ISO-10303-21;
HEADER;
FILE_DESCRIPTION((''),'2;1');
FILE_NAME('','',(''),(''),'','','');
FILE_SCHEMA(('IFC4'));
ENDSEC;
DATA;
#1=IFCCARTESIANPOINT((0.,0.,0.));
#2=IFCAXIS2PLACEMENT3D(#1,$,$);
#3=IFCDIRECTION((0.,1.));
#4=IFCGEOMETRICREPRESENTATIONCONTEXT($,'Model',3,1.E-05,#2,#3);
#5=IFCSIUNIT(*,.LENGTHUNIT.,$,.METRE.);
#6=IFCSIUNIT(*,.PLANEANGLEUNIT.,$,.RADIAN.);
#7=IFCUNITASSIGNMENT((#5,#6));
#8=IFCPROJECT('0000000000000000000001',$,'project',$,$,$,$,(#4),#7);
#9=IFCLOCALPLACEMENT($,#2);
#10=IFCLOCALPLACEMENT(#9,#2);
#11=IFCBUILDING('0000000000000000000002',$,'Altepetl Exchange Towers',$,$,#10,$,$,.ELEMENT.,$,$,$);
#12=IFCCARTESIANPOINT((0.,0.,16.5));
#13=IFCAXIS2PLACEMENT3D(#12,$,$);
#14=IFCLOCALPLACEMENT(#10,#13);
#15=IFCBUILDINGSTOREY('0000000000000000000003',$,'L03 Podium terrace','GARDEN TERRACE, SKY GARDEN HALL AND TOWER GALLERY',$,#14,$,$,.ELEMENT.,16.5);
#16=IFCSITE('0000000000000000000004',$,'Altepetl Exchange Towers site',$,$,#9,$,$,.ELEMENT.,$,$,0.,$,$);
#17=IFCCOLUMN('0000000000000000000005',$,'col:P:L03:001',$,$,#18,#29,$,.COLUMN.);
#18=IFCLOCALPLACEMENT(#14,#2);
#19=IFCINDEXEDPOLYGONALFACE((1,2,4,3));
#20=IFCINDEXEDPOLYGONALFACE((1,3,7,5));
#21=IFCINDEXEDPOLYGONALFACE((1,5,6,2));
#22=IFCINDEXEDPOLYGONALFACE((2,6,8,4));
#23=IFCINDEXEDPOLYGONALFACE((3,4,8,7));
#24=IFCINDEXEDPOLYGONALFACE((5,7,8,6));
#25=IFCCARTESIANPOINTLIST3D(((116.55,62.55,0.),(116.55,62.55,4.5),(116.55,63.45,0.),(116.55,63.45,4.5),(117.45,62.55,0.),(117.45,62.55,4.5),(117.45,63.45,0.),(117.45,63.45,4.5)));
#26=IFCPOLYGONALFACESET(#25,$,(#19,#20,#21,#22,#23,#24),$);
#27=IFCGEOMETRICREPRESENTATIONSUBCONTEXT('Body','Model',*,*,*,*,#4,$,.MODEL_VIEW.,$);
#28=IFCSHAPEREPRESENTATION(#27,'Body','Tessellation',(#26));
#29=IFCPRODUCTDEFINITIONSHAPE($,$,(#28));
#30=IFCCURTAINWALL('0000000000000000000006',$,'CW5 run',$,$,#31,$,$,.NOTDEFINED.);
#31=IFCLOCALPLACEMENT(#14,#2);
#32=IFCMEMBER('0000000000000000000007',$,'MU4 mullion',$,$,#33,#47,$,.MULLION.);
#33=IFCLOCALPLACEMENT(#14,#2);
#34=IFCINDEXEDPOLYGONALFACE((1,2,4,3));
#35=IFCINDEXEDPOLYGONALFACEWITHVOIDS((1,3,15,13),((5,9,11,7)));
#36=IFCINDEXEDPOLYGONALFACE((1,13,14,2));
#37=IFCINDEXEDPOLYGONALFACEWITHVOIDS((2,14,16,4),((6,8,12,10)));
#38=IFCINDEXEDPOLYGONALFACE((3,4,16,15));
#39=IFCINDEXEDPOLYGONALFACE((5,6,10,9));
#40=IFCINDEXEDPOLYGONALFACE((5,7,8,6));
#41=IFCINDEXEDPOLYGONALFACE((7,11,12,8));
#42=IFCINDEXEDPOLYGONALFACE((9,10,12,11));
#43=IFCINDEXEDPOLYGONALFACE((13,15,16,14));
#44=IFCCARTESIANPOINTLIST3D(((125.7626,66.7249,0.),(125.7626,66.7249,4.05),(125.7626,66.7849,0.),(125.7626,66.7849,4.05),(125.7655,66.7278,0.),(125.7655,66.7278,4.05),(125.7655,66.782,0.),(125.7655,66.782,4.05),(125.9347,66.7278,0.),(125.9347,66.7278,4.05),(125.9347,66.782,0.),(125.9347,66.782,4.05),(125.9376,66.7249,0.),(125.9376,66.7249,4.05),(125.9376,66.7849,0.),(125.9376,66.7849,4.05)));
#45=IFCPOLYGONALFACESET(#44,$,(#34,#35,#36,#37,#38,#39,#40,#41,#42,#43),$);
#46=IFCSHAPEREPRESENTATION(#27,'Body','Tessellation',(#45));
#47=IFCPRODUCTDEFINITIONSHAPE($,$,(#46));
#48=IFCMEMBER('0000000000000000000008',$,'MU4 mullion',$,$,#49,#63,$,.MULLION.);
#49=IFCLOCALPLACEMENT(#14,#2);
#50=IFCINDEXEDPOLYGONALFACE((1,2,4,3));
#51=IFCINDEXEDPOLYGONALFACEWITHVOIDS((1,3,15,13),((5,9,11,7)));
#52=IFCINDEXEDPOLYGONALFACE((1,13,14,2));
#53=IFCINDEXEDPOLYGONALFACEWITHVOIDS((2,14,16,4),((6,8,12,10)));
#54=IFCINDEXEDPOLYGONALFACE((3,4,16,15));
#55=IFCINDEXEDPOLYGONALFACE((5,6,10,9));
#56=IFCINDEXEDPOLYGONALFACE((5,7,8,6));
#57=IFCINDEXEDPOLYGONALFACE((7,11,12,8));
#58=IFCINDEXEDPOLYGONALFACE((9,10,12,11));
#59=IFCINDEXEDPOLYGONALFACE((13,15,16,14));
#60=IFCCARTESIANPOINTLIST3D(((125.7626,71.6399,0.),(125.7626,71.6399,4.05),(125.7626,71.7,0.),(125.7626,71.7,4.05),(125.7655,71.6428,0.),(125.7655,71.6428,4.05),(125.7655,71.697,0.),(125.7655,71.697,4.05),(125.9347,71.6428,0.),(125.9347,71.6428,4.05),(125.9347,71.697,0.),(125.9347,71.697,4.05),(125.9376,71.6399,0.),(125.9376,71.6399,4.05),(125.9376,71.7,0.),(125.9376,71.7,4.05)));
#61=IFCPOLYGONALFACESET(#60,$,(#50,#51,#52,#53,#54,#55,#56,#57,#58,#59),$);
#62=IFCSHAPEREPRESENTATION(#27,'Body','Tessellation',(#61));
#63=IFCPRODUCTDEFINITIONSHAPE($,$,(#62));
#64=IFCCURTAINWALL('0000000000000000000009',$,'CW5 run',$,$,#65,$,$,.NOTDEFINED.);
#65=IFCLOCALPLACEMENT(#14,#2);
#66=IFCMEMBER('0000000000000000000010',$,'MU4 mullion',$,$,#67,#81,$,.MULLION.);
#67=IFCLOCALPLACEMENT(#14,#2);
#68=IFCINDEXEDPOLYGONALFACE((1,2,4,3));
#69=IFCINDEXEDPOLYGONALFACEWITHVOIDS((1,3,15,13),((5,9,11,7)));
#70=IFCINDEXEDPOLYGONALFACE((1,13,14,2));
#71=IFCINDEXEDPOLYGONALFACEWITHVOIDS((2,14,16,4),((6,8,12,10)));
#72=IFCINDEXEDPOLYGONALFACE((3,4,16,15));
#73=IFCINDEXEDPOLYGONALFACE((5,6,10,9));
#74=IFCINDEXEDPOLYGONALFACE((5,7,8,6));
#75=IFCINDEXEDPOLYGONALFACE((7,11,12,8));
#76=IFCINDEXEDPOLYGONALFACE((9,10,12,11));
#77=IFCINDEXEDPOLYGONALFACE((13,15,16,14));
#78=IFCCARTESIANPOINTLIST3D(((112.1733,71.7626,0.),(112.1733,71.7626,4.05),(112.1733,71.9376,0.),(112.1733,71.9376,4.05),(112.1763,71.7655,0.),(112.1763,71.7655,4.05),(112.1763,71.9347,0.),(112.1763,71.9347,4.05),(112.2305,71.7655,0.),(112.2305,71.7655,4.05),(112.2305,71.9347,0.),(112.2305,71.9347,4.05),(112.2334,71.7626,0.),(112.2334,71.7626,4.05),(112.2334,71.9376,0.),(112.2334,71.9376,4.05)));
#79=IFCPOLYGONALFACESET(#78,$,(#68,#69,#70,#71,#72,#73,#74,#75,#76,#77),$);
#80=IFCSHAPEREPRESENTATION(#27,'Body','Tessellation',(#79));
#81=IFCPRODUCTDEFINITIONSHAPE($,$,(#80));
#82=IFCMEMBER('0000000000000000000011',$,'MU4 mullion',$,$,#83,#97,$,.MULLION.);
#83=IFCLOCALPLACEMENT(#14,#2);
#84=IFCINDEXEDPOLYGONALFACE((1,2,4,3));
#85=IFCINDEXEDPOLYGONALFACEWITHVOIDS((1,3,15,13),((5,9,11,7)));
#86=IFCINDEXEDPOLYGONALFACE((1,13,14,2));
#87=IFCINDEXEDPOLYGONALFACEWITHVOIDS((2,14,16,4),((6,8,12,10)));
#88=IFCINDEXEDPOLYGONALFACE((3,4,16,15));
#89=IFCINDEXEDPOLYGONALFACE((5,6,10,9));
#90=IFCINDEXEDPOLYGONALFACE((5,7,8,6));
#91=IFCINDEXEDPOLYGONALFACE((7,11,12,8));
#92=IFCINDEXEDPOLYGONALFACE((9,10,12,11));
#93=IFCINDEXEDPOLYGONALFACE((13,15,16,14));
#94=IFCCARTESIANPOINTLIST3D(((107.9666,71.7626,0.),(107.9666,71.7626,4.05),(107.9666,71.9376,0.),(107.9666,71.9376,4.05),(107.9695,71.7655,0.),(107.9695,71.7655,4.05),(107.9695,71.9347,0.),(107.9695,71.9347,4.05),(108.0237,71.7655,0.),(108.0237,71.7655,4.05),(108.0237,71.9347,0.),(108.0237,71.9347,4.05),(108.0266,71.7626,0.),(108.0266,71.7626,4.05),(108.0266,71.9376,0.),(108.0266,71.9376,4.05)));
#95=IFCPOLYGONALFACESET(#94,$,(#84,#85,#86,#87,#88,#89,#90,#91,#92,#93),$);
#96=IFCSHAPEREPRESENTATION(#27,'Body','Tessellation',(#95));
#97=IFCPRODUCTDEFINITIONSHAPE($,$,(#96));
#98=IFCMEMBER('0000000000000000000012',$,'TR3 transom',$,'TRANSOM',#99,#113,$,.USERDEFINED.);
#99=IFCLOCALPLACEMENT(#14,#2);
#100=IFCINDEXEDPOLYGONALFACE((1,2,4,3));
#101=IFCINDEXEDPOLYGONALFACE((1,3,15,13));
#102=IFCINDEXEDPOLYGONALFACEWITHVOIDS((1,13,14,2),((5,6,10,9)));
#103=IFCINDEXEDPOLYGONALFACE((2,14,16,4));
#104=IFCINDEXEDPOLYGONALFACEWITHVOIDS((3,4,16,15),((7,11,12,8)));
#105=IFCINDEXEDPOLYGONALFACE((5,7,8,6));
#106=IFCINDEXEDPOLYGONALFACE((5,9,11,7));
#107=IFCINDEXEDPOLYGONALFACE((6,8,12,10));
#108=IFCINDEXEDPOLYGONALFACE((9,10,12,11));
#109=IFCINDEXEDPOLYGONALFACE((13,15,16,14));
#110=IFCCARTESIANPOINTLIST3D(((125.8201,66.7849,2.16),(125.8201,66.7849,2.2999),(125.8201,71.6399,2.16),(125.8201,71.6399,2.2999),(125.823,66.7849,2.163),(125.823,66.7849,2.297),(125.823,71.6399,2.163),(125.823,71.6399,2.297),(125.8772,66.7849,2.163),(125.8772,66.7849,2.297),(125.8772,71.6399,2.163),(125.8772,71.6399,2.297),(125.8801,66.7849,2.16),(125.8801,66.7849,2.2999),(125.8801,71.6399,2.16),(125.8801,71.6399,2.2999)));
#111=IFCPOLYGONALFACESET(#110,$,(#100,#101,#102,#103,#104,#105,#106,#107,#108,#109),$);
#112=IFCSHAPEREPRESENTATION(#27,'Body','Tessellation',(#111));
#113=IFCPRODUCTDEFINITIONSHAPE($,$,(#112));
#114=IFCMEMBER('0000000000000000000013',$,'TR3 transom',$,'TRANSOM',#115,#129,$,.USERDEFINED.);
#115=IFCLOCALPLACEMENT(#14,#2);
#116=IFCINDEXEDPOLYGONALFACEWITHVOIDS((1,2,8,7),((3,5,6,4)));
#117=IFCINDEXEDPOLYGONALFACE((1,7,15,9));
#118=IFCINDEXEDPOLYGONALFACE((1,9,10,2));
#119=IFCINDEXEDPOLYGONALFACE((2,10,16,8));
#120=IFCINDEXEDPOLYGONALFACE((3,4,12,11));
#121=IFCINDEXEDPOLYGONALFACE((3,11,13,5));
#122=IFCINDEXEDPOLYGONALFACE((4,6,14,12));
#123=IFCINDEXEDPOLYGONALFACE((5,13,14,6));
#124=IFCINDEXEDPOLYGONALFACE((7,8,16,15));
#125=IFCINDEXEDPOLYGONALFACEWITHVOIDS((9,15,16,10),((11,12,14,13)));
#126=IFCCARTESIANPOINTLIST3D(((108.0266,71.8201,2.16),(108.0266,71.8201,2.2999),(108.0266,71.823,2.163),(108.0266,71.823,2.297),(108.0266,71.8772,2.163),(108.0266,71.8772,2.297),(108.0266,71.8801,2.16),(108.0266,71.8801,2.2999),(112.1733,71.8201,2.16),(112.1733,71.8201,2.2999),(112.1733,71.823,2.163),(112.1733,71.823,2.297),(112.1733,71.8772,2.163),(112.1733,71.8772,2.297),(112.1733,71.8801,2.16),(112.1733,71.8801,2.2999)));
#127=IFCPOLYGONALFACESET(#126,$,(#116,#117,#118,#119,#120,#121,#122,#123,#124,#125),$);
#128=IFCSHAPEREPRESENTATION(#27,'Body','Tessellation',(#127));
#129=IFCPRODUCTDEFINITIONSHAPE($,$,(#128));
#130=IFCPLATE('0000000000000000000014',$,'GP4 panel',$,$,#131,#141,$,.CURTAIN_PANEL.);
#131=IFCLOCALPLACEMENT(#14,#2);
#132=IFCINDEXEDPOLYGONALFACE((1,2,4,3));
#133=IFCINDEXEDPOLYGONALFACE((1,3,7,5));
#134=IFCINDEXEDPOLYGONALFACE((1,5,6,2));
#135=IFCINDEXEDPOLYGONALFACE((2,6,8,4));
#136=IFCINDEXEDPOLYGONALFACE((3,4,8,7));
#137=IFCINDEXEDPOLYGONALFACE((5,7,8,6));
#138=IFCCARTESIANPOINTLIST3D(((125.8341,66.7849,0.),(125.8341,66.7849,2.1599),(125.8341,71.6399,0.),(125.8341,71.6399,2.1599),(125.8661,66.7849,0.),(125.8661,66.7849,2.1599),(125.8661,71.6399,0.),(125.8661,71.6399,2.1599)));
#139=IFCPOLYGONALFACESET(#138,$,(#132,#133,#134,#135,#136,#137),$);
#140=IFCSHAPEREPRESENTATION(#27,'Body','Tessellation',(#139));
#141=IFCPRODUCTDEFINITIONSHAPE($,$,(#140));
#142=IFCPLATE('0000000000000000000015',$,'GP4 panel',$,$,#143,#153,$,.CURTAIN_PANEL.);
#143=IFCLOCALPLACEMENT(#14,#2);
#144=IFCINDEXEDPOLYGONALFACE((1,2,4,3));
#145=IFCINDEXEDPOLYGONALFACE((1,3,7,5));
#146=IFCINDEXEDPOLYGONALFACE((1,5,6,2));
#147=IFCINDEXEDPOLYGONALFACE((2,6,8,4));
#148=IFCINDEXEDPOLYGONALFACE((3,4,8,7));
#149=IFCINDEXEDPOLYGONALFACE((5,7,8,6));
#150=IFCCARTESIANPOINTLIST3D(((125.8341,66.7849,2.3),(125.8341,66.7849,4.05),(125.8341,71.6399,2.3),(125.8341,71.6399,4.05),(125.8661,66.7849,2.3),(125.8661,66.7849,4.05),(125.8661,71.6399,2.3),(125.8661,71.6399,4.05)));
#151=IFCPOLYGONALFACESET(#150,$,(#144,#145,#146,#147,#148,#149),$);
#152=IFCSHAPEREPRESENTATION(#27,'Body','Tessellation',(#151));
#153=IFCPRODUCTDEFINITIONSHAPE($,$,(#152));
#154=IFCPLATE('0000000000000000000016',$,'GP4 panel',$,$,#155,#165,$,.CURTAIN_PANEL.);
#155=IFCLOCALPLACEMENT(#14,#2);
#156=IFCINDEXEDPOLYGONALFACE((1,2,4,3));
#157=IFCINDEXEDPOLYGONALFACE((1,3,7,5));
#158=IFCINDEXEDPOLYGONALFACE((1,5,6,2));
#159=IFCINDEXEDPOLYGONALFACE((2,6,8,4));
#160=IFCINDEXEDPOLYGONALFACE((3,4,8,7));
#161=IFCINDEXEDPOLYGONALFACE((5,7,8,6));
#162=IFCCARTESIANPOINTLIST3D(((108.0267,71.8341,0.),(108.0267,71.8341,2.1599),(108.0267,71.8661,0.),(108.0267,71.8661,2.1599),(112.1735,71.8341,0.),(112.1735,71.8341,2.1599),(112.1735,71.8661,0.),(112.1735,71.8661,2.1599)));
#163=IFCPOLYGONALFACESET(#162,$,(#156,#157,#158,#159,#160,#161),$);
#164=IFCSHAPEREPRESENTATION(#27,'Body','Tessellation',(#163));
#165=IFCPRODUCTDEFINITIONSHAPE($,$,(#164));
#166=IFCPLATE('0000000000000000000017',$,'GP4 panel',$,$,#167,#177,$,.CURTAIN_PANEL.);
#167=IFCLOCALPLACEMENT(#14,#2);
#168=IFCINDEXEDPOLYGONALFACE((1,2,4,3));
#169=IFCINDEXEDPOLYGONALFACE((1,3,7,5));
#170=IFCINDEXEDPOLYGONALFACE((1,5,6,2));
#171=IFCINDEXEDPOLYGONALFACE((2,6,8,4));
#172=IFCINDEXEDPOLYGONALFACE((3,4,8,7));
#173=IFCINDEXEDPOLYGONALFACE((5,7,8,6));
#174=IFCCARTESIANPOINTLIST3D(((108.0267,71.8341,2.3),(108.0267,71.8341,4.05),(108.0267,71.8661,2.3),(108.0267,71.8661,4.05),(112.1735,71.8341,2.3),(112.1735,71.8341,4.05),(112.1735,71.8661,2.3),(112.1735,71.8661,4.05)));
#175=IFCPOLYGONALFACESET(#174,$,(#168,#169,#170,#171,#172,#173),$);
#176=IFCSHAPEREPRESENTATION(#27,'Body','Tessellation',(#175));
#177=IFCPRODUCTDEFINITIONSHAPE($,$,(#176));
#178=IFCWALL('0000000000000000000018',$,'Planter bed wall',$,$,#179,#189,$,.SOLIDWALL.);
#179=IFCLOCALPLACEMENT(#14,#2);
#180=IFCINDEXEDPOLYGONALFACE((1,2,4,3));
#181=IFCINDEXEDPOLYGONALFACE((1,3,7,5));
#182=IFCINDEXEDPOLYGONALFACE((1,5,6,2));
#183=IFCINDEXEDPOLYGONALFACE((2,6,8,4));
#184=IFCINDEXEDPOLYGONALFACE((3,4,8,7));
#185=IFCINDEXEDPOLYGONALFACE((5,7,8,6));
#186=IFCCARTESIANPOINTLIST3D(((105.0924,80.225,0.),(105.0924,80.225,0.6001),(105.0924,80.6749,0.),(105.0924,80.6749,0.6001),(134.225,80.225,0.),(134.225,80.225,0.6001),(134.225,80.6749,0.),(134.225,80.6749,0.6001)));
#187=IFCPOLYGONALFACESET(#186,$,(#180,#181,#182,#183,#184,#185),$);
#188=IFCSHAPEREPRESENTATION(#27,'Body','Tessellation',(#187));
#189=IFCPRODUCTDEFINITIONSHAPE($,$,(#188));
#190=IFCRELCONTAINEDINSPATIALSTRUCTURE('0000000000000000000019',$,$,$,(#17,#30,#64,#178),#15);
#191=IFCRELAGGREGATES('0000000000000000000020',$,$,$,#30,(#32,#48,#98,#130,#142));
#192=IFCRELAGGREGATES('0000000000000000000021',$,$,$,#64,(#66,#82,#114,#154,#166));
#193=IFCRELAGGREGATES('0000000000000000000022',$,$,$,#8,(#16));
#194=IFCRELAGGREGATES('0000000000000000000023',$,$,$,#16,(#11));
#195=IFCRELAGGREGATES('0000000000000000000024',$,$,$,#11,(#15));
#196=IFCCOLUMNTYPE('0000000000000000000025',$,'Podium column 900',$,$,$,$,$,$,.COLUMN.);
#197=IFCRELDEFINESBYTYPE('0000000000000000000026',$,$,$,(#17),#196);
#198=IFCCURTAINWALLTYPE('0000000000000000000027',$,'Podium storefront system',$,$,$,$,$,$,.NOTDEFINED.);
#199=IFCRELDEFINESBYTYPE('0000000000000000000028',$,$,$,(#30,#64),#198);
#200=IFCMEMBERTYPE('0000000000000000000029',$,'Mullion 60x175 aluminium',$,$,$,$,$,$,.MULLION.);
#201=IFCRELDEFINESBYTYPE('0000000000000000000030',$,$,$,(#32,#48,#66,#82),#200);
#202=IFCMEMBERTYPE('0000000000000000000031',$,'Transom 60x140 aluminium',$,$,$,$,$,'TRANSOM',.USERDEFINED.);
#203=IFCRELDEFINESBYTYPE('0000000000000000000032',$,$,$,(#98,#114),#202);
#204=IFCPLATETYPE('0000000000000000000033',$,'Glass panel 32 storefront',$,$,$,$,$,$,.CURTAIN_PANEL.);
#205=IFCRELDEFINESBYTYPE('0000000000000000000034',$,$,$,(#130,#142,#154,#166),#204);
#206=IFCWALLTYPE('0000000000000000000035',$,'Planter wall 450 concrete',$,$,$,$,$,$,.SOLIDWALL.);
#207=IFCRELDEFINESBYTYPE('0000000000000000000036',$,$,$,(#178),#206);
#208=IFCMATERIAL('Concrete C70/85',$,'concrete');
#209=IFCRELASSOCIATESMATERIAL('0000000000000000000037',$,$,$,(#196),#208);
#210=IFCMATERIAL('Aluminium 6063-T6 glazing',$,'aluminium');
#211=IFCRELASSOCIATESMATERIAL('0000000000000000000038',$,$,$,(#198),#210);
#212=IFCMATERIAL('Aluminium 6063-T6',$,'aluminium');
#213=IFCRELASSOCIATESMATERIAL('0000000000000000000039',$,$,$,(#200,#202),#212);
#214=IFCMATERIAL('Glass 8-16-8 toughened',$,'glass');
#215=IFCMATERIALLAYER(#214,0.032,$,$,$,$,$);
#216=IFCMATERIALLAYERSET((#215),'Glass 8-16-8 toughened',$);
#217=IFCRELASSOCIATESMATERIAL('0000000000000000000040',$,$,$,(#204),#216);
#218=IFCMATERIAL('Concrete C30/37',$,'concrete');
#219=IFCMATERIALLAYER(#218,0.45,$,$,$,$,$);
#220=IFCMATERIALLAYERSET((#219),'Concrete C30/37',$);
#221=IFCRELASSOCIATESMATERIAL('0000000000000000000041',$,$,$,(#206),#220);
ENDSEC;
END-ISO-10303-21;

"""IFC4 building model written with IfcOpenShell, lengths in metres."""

from ifc_helpers import new_model, si_unit, direction, frame, frame_2d, origin, origin_2d, place, context, subcontext, project, spatial, rectangle, hollow_rectangle, extrude, material, layer, layer_set, material_profile, profile_set, type_object, element, aggregate, save


model = new_model("IFC4")

# Units and contexts
model_context = context("Model", 3, precision=1e-05, world=origin(), true_north=direction((0.0, 1.0)))
body_context = subcontext(model_context, "Body", "Model", "MODEL_VIEW")
ifc_project = project(units=[si_unit("LENGTHUNIT", "METRE"), si_unit("PLANEANGLEUNIT", "RADIAN")], contexts=[model_context])

# Site, building, storey
site_placement = place(None, origin())
site = spatial("IfcSite", under=ifc_project, at=site_placement, Name="Altepetl Exchange Towers site", CompositionType="ELEMENT", RefElevation=0.0)
building_placement = place(site_placement, origin())
building = spatial("IfcBuilding", under=site, at=building_placement, Name="Altepetl Exchange Towers", CompositionType="ELEMENT")
storey_placement = place(building_placement, frame((0.0, 0.0, 16.5)))
storey = spatial("IfcBuildingStorey", under=building, at=storey_placement, Name="L03 Podium terrace", Description="GARDEN TERRACE, SKY GARDEN HALL AND TOWER GALLERY", CompositionType="ELEMENT", Elevation=16.5)

# Column
ifc_material_1 = material(Name="Concrete C70/85", Category="concrete")
ifc_material_profile_1 = material_profile(ifc_material_1, rectangle(XDim=0.8999, YDim=0.8999, at=origin_2d()), Name="900 x 900")
ifc_profile_set_1 = profile_set([ifc_material_profile_1], Name="Concrete C70/85")
column_type = type_object("IfcColumnType", Name="Podium column 900", PredefinedType="COLUMN", material=ifc_profile_set_1)
column_placement = place(storey_placement, frame((117.0, 63.0, 0.0)))
element("IfcColumn", 1, at=column_placement, inside=storey, type_object=column_type, Name="col:P:L03:001", PredefinedType="COLUMN", context=body_context, shape_type="SweptSolid", body=[
    extrude(rectangle(XDim=0.8999, YDim=0.8999, at=origin_2d()), origin(), (0.0, 0.0, 1.0), 4.5),
])

# Curtain walls, members
ifc_material_2 = material(Name="Aluminium 6063-T6 glazing", Category="aluminium")
curtain_wall_type = type_object("IfcCurtainWallType", Name="Podium storefront system", PredefinedType="NOTDEFINED", material=ifc_material_2)
curtain_wall_1_placement = place(storey_placement, origin())
curtain_wall_1 = element("IfcCurtainWall", 2, at=curtain_wall_1_placement, inside=storey, type_object=curtain_wall_type, Name="CW5 run", PredefinedType="NOTDEFINED")
ifc_material_3 = material(Name="Aluminium 6063-T6", Category="aluminium")
ifc_material_profile_2 = material_profile(ifc_material_3, hollow_rectangle(XDim=0.0601, YDim=0.175, WallThickness=0.0029, at=origin_2d()), Name="Mullion 60x175 aluminium")
ifc_profile_set_2 = profile_set([ifc_material_profile_2], Name="Aluminium 6063-T6")
member_type_1 = type_object("IfcMemberType", Name="Mullion 60x175 aluminium", PredefinedType="MULLION", material=ifc_profile_set_2)
member_1_placement = place(storey_placement, frame((125.8501, 66.7549, 0.0), z_axis=(0.0, 0.0, 1.0), x_axis=(0.0, 1.0, 0.0)))
member_1 = element("IfcMember", 3, at=member_1_placement, type_object=member_type_1, Name="MU4 mullion", PredefinedType="MULLION", context=body_context, shape_type="SweptSolid", body=[
    extrude(hollow_rectangle(XDim=0.0601, YDim=0.175, WallThickness=0.0029, at=origin_2d()), origin(), (0.0, 0.0, 1.0), 4.05),
])
member_2_placement = place(storey_placement, frame((125.8501, 71.6699, 0.0), z_axis=(0.0, 0.0, 1.0), x_axis=(0.0, 1.0, 0.0)))
member_2 = element("IfcMember", 4, at=member_2_placement, type_object=member_type_1, Name="MU4 mullion", PredefinedType="MULLION", context=body_context, shape_type="SweptSolid", body=[
    extrude(hollow_rectangle(XDim=0.0601, YDim=0.175, WallThickness=0.0029, at=origin_2d()), origin(), (0.0, 0.0, 1.0), 4.05),
])
curtain_wall_2_placement = place(storey_placement, origin())
curtain_wall_2 = element("IfcCurtainWall", 5, at=curtain_wall_2_placement, inside=storey, type_object=curtain_wall_type, Name="CW5 run", PredefinedType="NOTDEFINED")
member_3_placement = place(storey_placement, frame((112.2034, 71.8501, 0.0), z_axis=(0.0, 0.0, 1.0), x_axis=(-1.0, 0.0, 0.0)))
member_3 = element("IfcMember", 6, at=member_3_placement, type_object=member_type_1, Name="MU4 mullion", PredefinedType="MULLION", context=body_context, shape_type="SweptSolid", body=[
    extrude(hollow_rectangle(XDim=0.0601, YDim=0.175, WallThickness=0.0029, at=origin_2d()), origin(), (0.0, 0.0, 1.0), 4.05),
])
member_4_placement = place(storey_placement, frame((107.9966, 71.8501, 0.0), z_axis=(0.0, 0.0, 1.0), x_axis=(-1.0, 0.0, 0.0)))
member_4 = element("IfcMember", 7, at=member_4_placement, type_object=member_type_1, Name="MU4 mullion", PredefinedType="MULLION", context=body_context, shape_type="SweptSolid", body=[
    extrude(hollow_rectangle(XDim=0.0601, YDim=0.175, WallThickness=0.0029, at=origin_2d()), origin(), (0.0, 0.0, 1.0), 4.05),
])

# Members
ifc_material_profile_3 = material_profile(ifc_material_3, hollow_rectangle(XDim=0.0601, YDim=0.1399, WallThickness=0.0029, at=origin_2d()), Name="Transom 60x140 aluminium")
ifc_profile_set_3 = profile_set([ifc_material_profile_3], Name="Aluminium 6063-T6")
member_type_2 = type_object("IfcMemberType", Name="Transom 60x140 aluminium", ElementType="TRANSOM", PredefinedType="USERDEFINED", material=ifc_profile_set_3)
member_5_placement = place(storey_placement, frame((125.8501, 66.7849, 2.23), z_axis=(0.0, 1.0, 0.0), x_axis=(-1.0, 0.0, 0.0)))
member_5 = element("IfcMember", 8, at=member_5_placement, type_object=member_type_2, Name="TR3 transom", ObjectType="TRANSOM", PredefinedType="USERDEFINED", context=body_context, shape_type="SweptSolid", body=[
    extrude(hollow_rectangle(XDim=0.0601, YDim=0.1399, WallThickness=0.0029, at=origin_2d()), origin(), (0.0, 0.0, 1.0), 4.855),
])
member_6_placement = place(storey_placement, frame((112.1733, 71.8501, 2.23), z_axis=(-1.0, 0.0, 0.0), x_axis=(0.0, -1.0, 0.0)))
member_6 = element("IfcMember", 9, at=member_6_placement, type_object=member_type_2, Name="TR3 transom", ObjectType="TRANSOM", PredefinedType="USERDEFINED", context=body_context, shape_type="SweptSolid", body=[
    extrude(hollow_rectangle(XDim=0.0601, YDim=0.1399, WallThickness=0.0029, at=origin_2d()), origin(), (0.0, 0.0, 1.0), 4.1467),
])

# Plates
ifc_material_4 = material(Name="Glass 8-16-8 toughened", Category="glass")
ifc_layer_1 = layer(ifc_material_4, 0.032)
ifc_layer_set_1 = layer_set([ifc_layer_1], Name="Glass 8-16-8 toughened")
plate_type = type_object("IfcPlateType", Name="Glass panel 32 storefront", PredefinedType="CURTAIN_PANEL", material=ifc_layer_set_1)
plate_1_placement = place(storey_placement, frame((125.8501, 69.2124, 0.0), z_axis=(0.0, 0.0, 1.0), x_axis=(0.0, 1.0, 0.0)))
plate_1 = element("IfcPlate", 10, at=plate_1_placement, type_object=plate_type, Name="GP4 panel", PredefinedType="CURTAIN_PANEL", context=body_context, shape_type="SweptSolid", body=[
    extrude(rectangle(XDim=4.855, YDim=0.032, at=origin_2d()), origin(), (0.0, 0.0, 1.0), 2.1599),
])
plate_2_placement = place(storey_placement, frame((125.8501, 69.2124, 2.3), z_axis=(0.0, 0.0, 1.0), x_axis=(0.0, 1.0, 0.0)))
plate_2 = element("IfcPlate", 11, at=plate_2_placement, type_object=plate_type, Name="GP4 panel", PredefinedType="CURTAIN_PANEL", context=body_context, shape_type="SweptSolid", body=[
    extrude(rectangle(XDim=4.855, YDim=0.032, at=origin_2d()), origin(), (0.0, 0.0, 1.0), 1.75),
])
aggregate(curtain_wall_1, [member_1, member_2, member_5, plate_1, plate_2])
plate_3_placement = place(storey_placement, frame((110.1001, 71.8501, 0.0), z_axis=(0.0, 0.0, 1.0), x_axis=(-1.0, 0.0, 0.0)))
plate_3 = element("IfcPlate", 12, at=plate_3_placement, type_object=plate_type, Name="GP4 panel", PredefinedType="CURTAIN_PANEL", context=body_context, shape_type="SweptSolid", body=[
    extrude(rectangle(XDim=4.1467, YDim=0.032, at=origin_2d()), origin(), (0.0, 0.0, 1.0), 2.1599),
])
plate_4_placement = place(storey_placement, frame((110.1001, 71.8501, 2.3), z_axis=(0.0, 0.0, 1.0), x_axis=(-1.0, 0.0, 0.0)))
plate_4 = element("IfcPlate", 13, at=plate_4_placement, type_object=plate_type, Name="GP4 panel", PredefinedType="CURTAIN_PANEL", context=body_context, shape_type="SweptSolid", body=[
    extrude(rectangle(XDim=4.1467, YDim=0.032, at=origin_2d()), origin(), (0.0, 0.0, 1.0), 1.75),
])
aggregate(curtain_wall_2, [member_3, member_4, member_6, plate_3, plate_4])

# Wall
ifc_material_5 = material(Name="Concrete C30/37", Category="concrete")
ifc_layer_2 = layer(ifc_material_5, 0.45)
ifc_layer_set_2 = layer_set([ifc_layer_2], Name="Concrete C30/37")
wall_type_1 = type_object("IfcWallType", Name="Planter wall 450 concrete", PredefinedType="SOLIDWALL", material=ifc_layer_set_2)
wall_1_placement = place(storey_placement, frame((134.2251, 80.45, 0.0), z_axis=(0.0, 0.0, 1.0), x_axis=(-1.0, 0.0, 0.0)))
element("IfcWall", 14, at=wall_1_placement, inside=storey, type_object=wall_type_1, Name="Planter bed wall", PredefinedType="SOLIDWALL", context=body_context, shape_type="SweptSolid", body=[
    extrude(rectangle(XDim=29.1326, YDim=0.45, at=frame_2d((14.5664, 0.0))), origin(), (0.0, 0.0, 1.0), 0.6001),
])

save(model, "model.ifc")
